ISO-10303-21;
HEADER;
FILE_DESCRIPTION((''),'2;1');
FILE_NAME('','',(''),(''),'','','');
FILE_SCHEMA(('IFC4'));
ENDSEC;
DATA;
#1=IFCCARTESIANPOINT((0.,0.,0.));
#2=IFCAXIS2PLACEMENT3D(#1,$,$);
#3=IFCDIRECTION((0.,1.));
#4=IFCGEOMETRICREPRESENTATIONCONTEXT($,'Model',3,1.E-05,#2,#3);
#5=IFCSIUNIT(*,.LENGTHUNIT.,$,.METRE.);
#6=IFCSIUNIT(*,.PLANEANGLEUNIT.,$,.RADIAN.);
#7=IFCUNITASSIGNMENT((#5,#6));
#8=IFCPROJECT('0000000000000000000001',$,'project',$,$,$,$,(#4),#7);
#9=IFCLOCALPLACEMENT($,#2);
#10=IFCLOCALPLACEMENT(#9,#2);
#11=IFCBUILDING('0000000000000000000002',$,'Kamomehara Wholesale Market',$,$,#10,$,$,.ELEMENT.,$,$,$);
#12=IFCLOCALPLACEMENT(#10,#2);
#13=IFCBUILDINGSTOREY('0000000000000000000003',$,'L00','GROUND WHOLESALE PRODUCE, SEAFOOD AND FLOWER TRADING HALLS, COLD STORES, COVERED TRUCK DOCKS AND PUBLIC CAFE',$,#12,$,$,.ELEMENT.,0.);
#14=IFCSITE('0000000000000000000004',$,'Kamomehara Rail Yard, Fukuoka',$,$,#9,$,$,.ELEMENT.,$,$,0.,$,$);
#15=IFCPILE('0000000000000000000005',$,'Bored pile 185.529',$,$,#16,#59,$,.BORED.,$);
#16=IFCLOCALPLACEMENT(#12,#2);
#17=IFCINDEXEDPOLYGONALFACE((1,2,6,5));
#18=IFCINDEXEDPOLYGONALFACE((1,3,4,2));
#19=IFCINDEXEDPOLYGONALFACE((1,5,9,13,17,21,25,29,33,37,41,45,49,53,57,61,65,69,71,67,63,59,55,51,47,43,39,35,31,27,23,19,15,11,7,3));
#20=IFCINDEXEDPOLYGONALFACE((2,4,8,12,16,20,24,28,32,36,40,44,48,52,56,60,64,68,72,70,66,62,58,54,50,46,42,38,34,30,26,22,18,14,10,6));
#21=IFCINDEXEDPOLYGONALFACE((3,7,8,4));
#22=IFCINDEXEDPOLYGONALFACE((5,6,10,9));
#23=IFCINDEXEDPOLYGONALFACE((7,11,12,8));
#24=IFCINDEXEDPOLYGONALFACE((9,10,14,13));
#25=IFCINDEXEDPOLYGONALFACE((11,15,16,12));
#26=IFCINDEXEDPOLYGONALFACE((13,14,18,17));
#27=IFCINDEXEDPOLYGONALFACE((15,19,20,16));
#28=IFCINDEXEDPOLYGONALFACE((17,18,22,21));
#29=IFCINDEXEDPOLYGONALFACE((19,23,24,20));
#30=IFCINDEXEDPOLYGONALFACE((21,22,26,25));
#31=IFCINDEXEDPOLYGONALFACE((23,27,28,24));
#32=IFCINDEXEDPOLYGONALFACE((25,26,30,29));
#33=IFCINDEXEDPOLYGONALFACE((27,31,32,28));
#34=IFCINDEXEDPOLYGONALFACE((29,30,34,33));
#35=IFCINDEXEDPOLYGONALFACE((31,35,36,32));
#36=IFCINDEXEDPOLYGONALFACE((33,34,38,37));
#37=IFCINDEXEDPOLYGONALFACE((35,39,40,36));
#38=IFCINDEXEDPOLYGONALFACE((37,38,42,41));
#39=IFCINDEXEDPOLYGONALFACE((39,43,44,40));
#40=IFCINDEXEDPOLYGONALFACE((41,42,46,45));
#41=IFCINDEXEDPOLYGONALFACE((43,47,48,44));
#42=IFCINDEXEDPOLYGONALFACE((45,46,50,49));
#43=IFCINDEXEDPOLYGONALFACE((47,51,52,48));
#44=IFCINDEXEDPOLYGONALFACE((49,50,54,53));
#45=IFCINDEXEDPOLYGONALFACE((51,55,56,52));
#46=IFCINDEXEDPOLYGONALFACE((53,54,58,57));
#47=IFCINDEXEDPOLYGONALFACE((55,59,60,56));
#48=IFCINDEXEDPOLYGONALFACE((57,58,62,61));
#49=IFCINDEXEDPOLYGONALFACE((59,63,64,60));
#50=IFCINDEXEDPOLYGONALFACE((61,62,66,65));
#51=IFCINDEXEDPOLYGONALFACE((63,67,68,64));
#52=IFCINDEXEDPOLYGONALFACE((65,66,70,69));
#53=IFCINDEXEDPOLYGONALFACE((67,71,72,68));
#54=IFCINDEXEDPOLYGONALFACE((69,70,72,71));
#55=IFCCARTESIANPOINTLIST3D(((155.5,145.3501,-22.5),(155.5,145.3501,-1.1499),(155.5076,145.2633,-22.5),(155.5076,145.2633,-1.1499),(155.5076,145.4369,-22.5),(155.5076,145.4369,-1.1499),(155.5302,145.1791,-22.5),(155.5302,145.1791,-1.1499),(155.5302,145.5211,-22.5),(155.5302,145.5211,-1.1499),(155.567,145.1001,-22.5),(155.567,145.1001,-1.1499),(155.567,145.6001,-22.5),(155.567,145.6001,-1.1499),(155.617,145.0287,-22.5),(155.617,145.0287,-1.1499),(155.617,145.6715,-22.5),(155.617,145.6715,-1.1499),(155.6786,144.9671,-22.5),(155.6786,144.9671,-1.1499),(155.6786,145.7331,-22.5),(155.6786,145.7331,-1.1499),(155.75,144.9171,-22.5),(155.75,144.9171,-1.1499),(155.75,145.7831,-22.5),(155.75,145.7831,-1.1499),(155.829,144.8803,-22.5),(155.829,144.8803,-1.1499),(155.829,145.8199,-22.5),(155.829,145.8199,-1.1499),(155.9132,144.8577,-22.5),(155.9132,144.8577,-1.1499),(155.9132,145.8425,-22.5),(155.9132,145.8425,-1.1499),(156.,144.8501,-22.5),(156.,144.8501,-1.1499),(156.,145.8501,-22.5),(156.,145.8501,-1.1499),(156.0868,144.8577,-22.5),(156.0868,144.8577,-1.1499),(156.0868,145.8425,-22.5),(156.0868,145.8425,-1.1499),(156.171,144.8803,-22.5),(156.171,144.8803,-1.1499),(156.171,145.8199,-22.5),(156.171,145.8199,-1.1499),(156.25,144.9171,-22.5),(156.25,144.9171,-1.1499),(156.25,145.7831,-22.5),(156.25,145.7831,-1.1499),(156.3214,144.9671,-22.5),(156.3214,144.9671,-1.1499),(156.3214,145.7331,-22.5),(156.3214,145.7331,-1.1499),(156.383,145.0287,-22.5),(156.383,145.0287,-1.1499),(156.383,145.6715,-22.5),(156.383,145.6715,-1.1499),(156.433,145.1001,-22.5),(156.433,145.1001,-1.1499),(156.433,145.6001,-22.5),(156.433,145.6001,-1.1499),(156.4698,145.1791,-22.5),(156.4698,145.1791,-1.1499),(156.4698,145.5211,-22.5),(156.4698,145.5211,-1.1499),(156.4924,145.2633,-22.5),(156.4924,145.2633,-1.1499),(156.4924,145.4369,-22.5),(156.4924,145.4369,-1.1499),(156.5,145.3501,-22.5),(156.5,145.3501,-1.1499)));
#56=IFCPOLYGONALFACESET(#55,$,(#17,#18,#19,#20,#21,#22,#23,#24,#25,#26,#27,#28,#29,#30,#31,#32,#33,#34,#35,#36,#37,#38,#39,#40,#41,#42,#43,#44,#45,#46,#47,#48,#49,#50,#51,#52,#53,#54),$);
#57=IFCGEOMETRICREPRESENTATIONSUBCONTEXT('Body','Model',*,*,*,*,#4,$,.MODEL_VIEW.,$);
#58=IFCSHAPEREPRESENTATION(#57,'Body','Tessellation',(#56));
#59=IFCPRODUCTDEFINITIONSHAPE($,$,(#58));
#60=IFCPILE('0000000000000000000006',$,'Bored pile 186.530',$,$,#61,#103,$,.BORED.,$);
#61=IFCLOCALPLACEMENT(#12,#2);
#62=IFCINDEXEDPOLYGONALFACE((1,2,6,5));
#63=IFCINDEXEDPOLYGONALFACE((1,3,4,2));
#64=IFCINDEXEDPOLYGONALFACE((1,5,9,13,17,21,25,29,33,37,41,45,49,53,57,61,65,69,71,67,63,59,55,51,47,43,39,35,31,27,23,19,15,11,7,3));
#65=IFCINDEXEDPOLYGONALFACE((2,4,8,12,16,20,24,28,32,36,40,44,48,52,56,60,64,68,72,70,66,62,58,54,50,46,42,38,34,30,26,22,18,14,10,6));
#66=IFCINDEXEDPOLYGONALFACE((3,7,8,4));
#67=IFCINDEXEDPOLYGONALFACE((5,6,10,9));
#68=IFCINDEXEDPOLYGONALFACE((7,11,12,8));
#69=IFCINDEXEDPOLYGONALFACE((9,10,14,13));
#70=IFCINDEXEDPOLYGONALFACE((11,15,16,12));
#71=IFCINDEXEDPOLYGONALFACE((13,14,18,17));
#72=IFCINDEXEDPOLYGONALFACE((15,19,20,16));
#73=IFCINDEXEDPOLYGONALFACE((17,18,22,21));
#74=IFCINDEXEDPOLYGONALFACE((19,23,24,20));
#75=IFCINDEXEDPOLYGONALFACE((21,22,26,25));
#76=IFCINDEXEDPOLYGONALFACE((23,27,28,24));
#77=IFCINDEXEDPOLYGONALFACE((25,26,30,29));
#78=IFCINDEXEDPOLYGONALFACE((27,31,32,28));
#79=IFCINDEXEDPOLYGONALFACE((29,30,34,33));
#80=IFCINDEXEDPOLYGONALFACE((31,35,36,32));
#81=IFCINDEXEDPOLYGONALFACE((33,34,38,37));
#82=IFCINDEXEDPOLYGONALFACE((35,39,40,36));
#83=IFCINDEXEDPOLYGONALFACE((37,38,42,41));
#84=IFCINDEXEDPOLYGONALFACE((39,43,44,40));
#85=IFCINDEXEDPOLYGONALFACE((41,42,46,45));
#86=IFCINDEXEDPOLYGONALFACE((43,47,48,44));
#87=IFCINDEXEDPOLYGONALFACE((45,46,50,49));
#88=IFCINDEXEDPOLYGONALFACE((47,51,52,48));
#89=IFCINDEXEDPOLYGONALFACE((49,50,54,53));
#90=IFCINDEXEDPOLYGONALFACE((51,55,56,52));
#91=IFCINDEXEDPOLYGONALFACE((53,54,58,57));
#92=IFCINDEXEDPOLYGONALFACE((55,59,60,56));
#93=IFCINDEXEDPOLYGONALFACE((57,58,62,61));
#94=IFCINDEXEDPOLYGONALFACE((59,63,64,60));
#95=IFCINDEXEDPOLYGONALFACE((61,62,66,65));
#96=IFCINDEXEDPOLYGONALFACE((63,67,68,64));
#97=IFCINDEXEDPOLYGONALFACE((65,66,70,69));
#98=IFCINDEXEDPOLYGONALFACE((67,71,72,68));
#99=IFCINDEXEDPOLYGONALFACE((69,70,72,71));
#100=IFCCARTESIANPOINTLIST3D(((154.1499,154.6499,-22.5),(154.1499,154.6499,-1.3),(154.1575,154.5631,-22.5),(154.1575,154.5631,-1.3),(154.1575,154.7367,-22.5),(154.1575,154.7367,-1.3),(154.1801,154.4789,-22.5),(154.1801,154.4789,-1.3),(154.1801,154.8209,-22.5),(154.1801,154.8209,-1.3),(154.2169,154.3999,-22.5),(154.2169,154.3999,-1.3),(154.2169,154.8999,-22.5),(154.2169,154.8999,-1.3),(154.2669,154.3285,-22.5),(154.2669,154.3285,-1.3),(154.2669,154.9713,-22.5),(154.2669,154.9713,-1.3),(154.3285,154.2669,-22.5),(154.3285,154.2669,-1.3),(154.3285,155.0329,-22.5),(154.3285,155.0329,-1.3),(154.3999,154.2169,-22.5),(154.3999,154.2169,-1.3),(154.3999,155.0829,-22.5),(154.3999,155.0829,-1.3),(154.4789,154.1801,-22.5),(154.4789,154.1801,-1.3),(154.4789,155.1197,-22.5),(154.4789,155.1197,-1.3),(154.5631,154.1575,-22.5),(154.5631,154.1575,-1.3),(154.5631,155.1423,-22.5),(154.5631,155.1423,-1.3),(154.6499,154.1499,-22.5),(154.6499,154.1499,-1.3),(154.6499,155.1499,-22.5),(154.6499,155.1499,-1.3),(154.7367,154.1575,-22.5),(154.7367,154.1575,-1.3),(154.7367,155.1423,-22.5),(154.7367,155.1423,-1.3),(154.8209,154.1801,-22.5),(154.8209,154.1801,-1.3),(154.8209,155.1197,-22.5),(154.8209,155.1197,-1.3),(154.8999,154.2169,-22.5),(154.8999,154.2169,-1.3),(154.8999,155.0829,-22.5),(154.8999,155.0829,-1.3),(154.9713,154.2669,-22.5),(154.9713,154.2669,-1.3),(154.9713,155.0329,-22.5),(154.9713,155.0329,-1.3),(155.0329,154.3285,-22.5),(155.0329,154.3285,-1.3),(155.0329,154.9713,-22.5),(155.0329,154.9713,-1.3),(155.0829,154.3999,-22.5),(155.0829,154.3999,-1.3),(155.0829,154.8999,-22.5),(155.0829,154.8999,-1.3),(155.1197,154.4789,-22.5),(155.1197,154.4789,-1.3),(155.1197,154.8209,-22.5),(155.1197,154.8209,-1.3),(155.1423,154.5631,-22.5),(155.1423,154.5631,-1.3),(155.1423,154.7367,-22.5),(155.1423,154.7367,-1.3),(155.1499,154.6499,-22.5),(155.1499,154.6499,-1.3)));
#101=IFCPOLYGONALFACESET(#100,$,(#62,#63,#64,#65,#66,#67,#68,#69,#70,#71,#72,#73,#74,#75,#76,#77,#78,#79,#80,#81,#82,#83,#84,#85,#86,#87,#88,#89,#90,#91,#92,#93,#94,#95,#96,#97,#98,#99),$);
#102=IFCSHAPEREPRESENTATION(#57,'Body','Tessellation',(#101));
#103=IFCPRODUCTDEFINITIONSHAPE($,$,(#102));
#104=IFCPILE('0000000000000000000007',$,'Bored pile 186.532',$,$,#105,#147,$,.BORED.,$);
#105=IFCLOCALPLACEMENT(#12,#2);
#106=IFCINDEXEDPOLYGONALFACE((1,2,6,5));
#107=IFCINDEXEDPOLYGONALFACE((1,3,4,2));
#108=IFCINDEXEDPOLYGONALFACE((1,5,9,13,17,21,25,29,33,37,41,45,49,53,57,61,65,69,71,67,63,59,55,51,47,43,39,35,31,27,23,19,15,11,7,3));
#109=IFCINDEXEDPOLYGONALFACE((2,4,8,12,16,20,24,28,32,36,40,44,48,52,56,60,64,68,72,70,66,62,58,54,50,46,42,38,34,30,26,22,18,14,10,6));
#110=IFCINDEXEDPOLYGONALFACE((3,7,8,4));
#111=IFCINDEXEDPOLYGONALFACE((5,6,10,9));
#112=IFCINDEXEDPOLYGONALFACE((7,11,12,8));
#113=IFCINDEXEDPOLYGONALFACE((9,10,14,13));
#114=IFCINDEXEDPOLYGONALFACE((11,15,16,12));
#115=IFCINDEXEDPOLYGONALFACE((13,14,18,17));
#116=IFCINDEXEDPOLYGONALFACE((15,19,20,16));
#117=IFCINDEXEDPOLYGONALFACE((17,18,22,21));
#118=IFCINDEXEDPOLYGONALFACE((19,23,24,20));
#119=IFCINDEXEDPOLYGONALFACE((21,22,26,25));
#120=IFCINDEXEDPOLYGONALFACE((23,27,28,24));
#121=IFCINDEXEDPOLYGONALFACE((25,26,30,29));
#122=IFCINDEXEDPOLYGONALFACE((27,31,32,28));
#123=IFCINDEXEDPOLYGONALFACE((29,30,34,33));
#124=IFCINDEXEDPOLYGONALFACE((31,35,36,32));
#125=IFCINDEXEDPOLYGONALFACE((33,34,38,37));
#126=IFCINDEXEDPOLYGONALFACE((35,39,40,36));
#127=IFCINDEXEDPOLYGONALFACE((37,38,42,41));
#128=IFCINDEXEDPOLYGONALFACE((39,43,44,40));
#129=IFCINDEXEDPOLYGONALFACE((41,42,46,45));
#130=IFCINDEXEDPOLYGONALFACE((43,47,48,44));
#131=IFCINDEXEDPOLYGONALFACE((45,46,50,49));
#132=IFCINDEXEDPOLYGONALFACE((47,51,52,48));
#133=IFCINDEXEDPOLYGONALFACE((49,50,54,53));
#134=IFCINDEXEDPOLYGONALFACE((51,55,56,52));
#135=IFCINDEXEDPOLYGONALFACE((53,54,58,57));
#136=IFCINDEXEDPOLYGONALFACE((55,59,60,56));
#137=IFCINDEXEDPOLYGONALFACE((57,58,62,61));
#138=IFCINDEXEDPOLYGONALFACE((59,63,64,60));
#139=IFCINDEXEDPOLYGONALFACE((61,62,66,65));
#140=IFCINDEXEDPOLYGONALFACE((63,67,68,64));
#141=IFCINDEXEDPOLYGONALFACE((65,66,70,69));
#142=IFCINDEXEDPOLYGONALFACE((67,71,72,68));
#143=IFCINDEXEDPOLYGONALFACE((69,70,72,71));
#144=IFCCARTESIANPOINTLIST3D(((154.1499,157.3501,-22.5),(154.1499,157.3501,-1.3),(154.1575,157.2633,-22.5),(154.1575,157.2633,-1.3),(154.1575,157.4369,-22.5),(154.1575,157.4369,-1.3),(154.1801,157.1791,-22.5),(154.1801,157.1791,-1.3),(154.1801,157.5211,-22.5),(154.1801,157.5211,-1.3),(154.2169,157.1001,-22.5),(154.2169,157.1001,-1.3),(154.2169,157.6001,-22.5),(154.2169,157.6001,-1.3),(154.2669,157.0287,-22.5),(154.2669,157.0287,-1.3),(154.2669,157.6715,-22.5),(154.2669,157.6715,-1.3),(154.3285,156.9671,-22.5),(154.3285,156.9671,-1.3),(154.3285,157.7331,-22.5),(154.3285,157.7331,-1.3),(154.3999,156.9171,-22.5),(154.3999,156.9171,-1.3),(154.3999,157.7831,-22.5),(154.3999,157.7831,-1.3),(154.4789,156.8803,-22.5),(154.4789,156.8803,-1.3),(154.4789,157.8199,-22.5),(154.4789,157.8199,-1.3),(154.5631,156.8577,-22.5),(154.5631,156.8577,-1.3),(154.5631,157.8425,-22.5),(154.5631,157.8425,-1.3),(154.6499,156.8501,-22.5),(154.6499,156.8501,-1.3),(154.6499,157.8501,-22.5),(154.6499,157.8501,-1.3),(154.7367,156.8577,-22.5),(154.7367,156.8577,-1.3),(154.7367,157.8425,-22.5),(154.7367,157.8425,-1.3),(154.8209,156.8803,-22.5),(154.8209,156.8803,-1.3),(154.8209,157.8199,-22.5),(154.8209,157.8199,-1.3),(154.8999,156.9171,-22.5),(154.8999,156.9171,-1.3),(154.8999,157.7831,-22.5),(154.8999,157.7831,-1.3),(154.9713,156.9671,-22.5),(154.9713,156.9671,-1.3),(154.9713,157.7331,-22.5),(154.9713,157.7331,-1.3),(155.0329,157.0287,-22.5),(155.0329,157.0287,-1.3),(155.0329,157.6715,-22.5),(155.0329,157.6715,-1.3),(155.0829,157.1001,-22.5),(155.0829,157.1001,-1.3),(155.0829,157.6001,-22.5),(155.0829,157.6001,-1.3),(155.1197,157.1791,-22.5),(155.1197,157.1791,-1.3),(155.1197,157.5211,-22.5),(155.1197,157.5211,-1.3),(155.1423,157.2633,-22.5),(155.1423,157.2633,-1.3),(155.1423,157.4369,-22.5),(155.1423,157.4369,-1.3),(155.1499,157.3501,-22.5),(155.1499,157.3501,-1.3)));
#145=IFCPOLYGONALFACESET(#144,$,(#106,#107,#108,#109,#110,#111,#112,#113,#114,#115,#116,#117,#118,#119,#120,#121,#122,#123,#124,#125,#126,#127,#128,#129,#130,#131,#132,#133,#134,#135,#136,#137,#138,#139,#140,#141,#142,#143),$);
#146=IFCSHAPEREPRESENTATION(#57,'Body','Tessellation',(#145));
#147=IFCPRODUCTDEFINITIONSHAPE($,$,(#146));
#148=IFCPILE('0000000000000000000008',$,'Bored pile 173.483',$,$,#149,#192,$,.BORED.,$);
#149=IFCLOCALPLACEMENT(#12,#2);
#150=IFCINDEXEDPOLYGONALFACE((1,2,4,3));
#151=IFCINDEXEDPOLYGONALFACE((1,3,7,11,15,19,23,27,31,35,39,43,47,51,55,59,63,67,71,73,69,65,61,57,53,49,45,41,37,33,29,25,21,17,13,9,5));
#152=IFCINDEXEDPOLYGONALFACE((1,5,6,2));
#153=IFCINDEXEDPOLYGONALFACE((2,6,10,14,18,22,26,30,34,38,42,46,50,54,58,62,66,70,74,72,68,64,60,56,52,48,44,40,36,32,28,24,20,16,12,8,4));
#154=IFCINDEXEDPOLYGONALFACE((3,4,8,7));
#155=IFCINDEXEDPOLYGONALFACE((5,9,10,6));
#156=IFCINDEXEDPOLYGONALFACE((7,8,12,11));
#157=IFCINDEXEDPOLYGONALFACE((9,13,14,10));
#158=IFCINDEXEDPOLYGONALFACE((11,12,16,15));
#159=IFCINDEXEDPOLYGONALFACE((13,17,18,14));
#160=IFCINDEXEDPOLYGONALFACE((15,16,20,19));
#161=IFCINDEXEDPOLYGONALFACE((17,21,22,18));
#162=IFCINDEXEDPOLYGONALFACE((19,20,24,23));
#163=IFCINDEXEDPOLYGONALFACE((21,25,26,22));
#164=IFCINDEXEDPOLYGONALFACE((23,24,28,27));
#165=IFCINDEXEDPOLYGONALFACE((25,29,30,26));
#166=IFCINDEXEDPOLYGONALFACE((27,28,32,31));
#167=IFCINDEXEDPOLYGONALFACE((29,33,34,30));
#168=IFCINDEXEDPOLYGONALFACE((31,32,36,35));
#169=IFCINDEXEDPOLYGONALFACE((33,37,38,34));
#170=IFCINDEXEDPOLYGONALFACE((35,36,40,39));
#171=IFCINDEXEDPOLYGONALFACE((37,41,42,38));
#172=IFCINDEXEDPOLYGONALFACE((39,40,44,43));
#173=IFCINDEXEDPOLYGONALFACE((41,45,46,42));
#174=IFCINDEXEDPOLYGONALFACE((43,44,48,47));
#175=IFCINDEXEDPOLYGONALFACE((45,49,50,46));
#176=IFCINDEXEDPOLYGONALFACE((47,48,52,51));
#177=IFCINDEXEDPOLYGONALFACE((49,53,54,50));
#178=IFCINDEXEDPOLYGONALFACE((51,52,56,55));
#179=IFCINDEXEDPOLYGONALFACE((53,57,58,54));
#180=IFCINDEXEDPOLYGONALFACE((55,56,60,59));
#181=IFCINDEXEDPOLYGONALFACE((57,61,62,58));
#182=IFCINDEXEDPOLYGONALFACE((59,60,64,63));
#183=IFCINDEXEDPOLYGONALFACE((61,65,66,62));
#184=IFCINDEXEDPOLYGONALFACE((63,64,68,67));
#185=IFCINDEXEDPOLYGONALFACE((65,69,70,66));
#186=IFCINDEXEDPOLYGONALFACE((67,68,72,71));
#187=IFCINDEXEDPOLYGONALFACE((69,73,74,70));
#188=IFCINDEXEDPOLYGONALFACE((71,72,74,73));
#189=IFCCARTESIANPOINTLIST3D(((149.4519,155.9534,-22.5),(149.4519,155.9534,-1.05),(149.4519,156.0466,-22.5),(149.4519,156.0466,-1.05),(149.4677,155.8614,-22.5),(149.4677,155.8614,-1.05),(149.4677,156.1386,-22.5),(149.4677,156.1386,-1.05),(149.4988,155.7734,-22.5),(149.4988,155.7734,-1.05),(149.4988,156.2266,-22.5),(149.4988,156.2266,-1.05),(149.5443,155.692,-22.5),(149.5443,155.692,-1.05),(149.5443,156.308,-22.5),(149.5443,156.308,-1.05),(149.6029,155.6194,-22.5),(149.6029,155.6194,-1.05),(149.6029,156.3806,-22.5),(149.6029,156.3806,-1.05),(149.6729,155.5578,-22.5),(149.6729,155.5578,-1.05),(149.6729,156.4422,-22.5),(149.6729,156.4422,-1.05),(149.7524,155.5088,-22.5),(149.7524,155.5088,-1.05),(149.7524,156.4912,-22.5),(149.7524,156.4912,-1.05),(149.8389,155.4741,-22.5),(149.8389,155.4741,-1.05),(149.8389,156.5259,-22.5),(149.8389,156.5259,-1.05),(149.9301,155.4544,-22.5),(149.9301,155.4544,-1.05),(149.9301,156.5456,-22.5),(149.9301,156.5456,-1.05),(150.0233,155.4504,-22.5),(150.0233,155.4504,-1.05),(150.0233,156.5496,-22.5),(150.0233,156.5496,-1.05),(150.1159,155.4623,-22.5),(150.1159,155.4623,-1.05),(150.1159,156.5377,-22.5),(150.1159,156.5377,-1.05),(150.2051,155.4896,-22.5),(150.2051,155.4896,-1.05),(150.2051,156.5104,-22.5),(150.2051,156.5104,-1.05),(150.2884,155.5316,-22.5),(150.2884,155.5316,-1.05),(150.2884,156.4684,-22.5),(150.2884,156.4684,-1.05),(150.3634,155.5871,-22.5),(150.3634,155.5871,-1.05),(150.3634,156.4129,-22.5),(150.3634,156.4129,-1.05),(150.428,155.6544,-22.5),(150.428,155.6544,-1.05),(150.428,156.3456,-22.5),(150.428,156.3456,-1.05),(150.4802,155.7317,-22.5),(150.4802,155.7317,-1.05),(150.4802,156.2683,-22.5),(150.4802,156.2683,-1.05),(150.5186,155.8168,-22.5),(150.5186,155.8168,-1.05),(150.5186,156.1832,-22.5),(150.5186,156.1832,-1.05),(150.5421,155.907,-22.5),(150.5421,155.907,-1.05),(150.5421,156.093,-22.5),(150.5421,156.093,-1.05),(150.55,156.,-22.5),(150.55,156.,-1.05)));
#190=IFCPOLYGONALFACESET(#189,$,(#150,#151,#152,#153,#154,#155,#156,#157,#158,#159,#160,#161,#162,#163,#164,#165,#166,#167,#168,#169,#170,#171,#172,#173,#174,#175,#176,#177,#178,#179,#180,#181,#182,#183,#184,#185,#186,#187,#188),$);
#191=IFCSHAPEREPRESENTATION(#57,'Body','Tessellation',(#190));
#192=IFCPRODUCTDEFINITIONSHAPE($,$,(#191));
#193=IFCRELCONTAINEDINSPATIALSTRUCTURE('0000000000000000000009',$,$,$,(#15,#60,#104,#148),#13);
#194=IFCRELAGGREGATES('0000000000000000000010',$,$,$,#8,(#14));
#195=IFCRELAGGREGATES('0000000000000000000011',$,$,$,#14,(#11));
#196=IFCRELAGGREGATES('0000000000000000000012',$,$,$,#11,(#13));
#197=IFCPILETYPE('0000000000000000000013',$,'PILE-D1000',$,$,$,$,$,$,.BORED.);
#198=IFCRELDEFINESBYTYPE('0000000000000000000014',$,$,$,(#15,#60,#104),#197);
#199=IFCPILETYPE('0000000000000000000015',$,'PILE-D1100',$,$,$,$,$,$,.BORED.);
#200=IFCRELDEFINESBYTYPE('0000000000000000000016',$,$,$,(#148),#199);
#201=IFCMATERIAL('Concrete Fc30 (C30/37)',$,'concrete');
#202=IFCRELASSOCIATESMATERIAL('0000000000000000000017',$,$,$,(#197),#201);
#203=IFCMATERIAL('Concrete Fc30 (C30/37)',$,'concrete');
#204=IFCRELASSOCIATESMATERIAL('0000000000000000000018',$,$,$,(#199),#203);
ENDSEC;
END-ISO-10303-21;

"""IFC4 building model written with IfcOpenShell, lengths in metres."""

from ifc_helpers import new_model, si_unit, direction, frame, origin, origin_2d, place, context, subcontext, project, spatial, circle, extrude, material, material_profile, profile_set, type_object, element, save


model = new_model("IFC4")

# Units and contexts
model_context = context("Model", 3, precision=1e-05, world=origin(), true_north=direction((0.0, 1.0)))
body_context = subcontext(model_context, "Body", "Model", "MODEL_VIEW")
ifc_project = project(units=[si_unit("LENGTHUNIT", "METRE"), si_unit("PLANEANGLEUNIT", "RADIAN")], contexts=[model_context])

# Site, building, storey
site_placement = place(None, origin())
site = spatial("IfcSite", under=ifc_project, at=site_placement, Name="Kamomehara Rail Yard, Fukuoka", CompositionType="ELEMENT", RefElevation=0.0)
building_placement = place(site_placement, origin())
building = spatial("IfcBuilding", under=site, at=building_placement, Name="Kamomehara Wholesale Market", CompositionType="ELEMENT")
storey_placement = place(building_placement, origin())
storey = spatial("IfcBuildingStorey", under=building, at=storey_placement, Name="L00", Description="GROUND WHOLESALE PRODUCE, SEAFOOD AND FLOWER TRADING HALLS, COLD STORES, COVERED TRUCK DOCKS AND PUBLIC CAFE", CompositionType="ELEMENT", Elevation=0.0)

# Piles
ifc_material_1 = material(Name="Concrete Fc30 (C30/37)", Category="concrete")
ifc_material_profile_1 = material_profile(ifc_material_1, circle(Radius=0.5, at=origin_2d()), Name="RC-PILE-D1000")
ifc_profile_set_1 = profile_set([ifc_material_profile_1], Name="Concrete Fc30 (C30/37)")
pile_type_1 = type_object("IfcPileType", Name="PILE-D1000", PredefinedType="BORED", material=ifc_profile_set_1)
pile_1_placement = place(storey_placement, frame((156.0, 145.3501, -1.1499), z_axis=(0.0, 0.0, -1.0), x_axis=(1.0, 0.0, 0.0)))
element("IfcPile", 1, at=pile_1_placement, inside=storey, type_object=pile_type_1, Name="Bored pile 185.529", PredefinedType="BORED", context=body_context, shape_type="SweptSolid", body=[
    extrude(circle(Radius=0.5, at=origin_2d()), origin(), (0.0, 0.0, 1.0), 21.3501),
])
for number, where, z_axis, x_axis, name in (
    (2, (154.6499, 154.6499, -1.3), (0.0, 0.0, -1.0), (1.0, 0.0, 0.0), "Bored pile 186.530"),
    (3, (154.6499, 157.3501, -1.3), (0.0, 0.0, -1.0), (1.0, 0.0, 0.0), "Bored pile 186.532"),
):
    element("IfcPile", number, at=place(storey_placement, frame(where, z_axis=z_axis, x_axis=x_axis)), inside=storey, type_object=pile_type_1, Name=name, PredefinedType="BORED", context=body_context, shape_type="SweptSolid", body=[
        extrude(circle(Radius=0.5, at=origin_2d()), origin(), (0.0, 0.0, 1.0), 21.2),
    ])
ifc_material_2 = material(Name="Concrete Fc30 (C30/37)", Category="concrete")
ifc_material_profile_2 = material_profile(ifc_material_2, circle(Radius=0.55, at=origin_2d()), Name="RC-PILE-D1100")
ifc_profile_set_2 = profile_set([ifc_material_profile_2], Name="Concrete Fc30 (C30/37)")
pile_type_2 = type_object("IfcPileType", Name="PILE-D1100", PredefinedType="BORED", material=ifc_profile_set_2)
pile_2_placement = place(storey_placement, frame((150.0, 156.0, -1.05), z_axis=(0.0, 0.0, -1.0), x_axis=(1.0, 0.0, 0.0)))
element("IfcPile", 4, at=pile_2_placement, inside=storey, type_object=pile_type_2, Name="Bored pile 173.483", PredefinedType="BORED", context=body_context, shape_type="SweptSolid", body=[
    extrude(circle(Radius=0.55, at=origin_2d()), origin(), (0.0, 0.0, 1.0), 21.45),
])

save(model, "model.ifc")
